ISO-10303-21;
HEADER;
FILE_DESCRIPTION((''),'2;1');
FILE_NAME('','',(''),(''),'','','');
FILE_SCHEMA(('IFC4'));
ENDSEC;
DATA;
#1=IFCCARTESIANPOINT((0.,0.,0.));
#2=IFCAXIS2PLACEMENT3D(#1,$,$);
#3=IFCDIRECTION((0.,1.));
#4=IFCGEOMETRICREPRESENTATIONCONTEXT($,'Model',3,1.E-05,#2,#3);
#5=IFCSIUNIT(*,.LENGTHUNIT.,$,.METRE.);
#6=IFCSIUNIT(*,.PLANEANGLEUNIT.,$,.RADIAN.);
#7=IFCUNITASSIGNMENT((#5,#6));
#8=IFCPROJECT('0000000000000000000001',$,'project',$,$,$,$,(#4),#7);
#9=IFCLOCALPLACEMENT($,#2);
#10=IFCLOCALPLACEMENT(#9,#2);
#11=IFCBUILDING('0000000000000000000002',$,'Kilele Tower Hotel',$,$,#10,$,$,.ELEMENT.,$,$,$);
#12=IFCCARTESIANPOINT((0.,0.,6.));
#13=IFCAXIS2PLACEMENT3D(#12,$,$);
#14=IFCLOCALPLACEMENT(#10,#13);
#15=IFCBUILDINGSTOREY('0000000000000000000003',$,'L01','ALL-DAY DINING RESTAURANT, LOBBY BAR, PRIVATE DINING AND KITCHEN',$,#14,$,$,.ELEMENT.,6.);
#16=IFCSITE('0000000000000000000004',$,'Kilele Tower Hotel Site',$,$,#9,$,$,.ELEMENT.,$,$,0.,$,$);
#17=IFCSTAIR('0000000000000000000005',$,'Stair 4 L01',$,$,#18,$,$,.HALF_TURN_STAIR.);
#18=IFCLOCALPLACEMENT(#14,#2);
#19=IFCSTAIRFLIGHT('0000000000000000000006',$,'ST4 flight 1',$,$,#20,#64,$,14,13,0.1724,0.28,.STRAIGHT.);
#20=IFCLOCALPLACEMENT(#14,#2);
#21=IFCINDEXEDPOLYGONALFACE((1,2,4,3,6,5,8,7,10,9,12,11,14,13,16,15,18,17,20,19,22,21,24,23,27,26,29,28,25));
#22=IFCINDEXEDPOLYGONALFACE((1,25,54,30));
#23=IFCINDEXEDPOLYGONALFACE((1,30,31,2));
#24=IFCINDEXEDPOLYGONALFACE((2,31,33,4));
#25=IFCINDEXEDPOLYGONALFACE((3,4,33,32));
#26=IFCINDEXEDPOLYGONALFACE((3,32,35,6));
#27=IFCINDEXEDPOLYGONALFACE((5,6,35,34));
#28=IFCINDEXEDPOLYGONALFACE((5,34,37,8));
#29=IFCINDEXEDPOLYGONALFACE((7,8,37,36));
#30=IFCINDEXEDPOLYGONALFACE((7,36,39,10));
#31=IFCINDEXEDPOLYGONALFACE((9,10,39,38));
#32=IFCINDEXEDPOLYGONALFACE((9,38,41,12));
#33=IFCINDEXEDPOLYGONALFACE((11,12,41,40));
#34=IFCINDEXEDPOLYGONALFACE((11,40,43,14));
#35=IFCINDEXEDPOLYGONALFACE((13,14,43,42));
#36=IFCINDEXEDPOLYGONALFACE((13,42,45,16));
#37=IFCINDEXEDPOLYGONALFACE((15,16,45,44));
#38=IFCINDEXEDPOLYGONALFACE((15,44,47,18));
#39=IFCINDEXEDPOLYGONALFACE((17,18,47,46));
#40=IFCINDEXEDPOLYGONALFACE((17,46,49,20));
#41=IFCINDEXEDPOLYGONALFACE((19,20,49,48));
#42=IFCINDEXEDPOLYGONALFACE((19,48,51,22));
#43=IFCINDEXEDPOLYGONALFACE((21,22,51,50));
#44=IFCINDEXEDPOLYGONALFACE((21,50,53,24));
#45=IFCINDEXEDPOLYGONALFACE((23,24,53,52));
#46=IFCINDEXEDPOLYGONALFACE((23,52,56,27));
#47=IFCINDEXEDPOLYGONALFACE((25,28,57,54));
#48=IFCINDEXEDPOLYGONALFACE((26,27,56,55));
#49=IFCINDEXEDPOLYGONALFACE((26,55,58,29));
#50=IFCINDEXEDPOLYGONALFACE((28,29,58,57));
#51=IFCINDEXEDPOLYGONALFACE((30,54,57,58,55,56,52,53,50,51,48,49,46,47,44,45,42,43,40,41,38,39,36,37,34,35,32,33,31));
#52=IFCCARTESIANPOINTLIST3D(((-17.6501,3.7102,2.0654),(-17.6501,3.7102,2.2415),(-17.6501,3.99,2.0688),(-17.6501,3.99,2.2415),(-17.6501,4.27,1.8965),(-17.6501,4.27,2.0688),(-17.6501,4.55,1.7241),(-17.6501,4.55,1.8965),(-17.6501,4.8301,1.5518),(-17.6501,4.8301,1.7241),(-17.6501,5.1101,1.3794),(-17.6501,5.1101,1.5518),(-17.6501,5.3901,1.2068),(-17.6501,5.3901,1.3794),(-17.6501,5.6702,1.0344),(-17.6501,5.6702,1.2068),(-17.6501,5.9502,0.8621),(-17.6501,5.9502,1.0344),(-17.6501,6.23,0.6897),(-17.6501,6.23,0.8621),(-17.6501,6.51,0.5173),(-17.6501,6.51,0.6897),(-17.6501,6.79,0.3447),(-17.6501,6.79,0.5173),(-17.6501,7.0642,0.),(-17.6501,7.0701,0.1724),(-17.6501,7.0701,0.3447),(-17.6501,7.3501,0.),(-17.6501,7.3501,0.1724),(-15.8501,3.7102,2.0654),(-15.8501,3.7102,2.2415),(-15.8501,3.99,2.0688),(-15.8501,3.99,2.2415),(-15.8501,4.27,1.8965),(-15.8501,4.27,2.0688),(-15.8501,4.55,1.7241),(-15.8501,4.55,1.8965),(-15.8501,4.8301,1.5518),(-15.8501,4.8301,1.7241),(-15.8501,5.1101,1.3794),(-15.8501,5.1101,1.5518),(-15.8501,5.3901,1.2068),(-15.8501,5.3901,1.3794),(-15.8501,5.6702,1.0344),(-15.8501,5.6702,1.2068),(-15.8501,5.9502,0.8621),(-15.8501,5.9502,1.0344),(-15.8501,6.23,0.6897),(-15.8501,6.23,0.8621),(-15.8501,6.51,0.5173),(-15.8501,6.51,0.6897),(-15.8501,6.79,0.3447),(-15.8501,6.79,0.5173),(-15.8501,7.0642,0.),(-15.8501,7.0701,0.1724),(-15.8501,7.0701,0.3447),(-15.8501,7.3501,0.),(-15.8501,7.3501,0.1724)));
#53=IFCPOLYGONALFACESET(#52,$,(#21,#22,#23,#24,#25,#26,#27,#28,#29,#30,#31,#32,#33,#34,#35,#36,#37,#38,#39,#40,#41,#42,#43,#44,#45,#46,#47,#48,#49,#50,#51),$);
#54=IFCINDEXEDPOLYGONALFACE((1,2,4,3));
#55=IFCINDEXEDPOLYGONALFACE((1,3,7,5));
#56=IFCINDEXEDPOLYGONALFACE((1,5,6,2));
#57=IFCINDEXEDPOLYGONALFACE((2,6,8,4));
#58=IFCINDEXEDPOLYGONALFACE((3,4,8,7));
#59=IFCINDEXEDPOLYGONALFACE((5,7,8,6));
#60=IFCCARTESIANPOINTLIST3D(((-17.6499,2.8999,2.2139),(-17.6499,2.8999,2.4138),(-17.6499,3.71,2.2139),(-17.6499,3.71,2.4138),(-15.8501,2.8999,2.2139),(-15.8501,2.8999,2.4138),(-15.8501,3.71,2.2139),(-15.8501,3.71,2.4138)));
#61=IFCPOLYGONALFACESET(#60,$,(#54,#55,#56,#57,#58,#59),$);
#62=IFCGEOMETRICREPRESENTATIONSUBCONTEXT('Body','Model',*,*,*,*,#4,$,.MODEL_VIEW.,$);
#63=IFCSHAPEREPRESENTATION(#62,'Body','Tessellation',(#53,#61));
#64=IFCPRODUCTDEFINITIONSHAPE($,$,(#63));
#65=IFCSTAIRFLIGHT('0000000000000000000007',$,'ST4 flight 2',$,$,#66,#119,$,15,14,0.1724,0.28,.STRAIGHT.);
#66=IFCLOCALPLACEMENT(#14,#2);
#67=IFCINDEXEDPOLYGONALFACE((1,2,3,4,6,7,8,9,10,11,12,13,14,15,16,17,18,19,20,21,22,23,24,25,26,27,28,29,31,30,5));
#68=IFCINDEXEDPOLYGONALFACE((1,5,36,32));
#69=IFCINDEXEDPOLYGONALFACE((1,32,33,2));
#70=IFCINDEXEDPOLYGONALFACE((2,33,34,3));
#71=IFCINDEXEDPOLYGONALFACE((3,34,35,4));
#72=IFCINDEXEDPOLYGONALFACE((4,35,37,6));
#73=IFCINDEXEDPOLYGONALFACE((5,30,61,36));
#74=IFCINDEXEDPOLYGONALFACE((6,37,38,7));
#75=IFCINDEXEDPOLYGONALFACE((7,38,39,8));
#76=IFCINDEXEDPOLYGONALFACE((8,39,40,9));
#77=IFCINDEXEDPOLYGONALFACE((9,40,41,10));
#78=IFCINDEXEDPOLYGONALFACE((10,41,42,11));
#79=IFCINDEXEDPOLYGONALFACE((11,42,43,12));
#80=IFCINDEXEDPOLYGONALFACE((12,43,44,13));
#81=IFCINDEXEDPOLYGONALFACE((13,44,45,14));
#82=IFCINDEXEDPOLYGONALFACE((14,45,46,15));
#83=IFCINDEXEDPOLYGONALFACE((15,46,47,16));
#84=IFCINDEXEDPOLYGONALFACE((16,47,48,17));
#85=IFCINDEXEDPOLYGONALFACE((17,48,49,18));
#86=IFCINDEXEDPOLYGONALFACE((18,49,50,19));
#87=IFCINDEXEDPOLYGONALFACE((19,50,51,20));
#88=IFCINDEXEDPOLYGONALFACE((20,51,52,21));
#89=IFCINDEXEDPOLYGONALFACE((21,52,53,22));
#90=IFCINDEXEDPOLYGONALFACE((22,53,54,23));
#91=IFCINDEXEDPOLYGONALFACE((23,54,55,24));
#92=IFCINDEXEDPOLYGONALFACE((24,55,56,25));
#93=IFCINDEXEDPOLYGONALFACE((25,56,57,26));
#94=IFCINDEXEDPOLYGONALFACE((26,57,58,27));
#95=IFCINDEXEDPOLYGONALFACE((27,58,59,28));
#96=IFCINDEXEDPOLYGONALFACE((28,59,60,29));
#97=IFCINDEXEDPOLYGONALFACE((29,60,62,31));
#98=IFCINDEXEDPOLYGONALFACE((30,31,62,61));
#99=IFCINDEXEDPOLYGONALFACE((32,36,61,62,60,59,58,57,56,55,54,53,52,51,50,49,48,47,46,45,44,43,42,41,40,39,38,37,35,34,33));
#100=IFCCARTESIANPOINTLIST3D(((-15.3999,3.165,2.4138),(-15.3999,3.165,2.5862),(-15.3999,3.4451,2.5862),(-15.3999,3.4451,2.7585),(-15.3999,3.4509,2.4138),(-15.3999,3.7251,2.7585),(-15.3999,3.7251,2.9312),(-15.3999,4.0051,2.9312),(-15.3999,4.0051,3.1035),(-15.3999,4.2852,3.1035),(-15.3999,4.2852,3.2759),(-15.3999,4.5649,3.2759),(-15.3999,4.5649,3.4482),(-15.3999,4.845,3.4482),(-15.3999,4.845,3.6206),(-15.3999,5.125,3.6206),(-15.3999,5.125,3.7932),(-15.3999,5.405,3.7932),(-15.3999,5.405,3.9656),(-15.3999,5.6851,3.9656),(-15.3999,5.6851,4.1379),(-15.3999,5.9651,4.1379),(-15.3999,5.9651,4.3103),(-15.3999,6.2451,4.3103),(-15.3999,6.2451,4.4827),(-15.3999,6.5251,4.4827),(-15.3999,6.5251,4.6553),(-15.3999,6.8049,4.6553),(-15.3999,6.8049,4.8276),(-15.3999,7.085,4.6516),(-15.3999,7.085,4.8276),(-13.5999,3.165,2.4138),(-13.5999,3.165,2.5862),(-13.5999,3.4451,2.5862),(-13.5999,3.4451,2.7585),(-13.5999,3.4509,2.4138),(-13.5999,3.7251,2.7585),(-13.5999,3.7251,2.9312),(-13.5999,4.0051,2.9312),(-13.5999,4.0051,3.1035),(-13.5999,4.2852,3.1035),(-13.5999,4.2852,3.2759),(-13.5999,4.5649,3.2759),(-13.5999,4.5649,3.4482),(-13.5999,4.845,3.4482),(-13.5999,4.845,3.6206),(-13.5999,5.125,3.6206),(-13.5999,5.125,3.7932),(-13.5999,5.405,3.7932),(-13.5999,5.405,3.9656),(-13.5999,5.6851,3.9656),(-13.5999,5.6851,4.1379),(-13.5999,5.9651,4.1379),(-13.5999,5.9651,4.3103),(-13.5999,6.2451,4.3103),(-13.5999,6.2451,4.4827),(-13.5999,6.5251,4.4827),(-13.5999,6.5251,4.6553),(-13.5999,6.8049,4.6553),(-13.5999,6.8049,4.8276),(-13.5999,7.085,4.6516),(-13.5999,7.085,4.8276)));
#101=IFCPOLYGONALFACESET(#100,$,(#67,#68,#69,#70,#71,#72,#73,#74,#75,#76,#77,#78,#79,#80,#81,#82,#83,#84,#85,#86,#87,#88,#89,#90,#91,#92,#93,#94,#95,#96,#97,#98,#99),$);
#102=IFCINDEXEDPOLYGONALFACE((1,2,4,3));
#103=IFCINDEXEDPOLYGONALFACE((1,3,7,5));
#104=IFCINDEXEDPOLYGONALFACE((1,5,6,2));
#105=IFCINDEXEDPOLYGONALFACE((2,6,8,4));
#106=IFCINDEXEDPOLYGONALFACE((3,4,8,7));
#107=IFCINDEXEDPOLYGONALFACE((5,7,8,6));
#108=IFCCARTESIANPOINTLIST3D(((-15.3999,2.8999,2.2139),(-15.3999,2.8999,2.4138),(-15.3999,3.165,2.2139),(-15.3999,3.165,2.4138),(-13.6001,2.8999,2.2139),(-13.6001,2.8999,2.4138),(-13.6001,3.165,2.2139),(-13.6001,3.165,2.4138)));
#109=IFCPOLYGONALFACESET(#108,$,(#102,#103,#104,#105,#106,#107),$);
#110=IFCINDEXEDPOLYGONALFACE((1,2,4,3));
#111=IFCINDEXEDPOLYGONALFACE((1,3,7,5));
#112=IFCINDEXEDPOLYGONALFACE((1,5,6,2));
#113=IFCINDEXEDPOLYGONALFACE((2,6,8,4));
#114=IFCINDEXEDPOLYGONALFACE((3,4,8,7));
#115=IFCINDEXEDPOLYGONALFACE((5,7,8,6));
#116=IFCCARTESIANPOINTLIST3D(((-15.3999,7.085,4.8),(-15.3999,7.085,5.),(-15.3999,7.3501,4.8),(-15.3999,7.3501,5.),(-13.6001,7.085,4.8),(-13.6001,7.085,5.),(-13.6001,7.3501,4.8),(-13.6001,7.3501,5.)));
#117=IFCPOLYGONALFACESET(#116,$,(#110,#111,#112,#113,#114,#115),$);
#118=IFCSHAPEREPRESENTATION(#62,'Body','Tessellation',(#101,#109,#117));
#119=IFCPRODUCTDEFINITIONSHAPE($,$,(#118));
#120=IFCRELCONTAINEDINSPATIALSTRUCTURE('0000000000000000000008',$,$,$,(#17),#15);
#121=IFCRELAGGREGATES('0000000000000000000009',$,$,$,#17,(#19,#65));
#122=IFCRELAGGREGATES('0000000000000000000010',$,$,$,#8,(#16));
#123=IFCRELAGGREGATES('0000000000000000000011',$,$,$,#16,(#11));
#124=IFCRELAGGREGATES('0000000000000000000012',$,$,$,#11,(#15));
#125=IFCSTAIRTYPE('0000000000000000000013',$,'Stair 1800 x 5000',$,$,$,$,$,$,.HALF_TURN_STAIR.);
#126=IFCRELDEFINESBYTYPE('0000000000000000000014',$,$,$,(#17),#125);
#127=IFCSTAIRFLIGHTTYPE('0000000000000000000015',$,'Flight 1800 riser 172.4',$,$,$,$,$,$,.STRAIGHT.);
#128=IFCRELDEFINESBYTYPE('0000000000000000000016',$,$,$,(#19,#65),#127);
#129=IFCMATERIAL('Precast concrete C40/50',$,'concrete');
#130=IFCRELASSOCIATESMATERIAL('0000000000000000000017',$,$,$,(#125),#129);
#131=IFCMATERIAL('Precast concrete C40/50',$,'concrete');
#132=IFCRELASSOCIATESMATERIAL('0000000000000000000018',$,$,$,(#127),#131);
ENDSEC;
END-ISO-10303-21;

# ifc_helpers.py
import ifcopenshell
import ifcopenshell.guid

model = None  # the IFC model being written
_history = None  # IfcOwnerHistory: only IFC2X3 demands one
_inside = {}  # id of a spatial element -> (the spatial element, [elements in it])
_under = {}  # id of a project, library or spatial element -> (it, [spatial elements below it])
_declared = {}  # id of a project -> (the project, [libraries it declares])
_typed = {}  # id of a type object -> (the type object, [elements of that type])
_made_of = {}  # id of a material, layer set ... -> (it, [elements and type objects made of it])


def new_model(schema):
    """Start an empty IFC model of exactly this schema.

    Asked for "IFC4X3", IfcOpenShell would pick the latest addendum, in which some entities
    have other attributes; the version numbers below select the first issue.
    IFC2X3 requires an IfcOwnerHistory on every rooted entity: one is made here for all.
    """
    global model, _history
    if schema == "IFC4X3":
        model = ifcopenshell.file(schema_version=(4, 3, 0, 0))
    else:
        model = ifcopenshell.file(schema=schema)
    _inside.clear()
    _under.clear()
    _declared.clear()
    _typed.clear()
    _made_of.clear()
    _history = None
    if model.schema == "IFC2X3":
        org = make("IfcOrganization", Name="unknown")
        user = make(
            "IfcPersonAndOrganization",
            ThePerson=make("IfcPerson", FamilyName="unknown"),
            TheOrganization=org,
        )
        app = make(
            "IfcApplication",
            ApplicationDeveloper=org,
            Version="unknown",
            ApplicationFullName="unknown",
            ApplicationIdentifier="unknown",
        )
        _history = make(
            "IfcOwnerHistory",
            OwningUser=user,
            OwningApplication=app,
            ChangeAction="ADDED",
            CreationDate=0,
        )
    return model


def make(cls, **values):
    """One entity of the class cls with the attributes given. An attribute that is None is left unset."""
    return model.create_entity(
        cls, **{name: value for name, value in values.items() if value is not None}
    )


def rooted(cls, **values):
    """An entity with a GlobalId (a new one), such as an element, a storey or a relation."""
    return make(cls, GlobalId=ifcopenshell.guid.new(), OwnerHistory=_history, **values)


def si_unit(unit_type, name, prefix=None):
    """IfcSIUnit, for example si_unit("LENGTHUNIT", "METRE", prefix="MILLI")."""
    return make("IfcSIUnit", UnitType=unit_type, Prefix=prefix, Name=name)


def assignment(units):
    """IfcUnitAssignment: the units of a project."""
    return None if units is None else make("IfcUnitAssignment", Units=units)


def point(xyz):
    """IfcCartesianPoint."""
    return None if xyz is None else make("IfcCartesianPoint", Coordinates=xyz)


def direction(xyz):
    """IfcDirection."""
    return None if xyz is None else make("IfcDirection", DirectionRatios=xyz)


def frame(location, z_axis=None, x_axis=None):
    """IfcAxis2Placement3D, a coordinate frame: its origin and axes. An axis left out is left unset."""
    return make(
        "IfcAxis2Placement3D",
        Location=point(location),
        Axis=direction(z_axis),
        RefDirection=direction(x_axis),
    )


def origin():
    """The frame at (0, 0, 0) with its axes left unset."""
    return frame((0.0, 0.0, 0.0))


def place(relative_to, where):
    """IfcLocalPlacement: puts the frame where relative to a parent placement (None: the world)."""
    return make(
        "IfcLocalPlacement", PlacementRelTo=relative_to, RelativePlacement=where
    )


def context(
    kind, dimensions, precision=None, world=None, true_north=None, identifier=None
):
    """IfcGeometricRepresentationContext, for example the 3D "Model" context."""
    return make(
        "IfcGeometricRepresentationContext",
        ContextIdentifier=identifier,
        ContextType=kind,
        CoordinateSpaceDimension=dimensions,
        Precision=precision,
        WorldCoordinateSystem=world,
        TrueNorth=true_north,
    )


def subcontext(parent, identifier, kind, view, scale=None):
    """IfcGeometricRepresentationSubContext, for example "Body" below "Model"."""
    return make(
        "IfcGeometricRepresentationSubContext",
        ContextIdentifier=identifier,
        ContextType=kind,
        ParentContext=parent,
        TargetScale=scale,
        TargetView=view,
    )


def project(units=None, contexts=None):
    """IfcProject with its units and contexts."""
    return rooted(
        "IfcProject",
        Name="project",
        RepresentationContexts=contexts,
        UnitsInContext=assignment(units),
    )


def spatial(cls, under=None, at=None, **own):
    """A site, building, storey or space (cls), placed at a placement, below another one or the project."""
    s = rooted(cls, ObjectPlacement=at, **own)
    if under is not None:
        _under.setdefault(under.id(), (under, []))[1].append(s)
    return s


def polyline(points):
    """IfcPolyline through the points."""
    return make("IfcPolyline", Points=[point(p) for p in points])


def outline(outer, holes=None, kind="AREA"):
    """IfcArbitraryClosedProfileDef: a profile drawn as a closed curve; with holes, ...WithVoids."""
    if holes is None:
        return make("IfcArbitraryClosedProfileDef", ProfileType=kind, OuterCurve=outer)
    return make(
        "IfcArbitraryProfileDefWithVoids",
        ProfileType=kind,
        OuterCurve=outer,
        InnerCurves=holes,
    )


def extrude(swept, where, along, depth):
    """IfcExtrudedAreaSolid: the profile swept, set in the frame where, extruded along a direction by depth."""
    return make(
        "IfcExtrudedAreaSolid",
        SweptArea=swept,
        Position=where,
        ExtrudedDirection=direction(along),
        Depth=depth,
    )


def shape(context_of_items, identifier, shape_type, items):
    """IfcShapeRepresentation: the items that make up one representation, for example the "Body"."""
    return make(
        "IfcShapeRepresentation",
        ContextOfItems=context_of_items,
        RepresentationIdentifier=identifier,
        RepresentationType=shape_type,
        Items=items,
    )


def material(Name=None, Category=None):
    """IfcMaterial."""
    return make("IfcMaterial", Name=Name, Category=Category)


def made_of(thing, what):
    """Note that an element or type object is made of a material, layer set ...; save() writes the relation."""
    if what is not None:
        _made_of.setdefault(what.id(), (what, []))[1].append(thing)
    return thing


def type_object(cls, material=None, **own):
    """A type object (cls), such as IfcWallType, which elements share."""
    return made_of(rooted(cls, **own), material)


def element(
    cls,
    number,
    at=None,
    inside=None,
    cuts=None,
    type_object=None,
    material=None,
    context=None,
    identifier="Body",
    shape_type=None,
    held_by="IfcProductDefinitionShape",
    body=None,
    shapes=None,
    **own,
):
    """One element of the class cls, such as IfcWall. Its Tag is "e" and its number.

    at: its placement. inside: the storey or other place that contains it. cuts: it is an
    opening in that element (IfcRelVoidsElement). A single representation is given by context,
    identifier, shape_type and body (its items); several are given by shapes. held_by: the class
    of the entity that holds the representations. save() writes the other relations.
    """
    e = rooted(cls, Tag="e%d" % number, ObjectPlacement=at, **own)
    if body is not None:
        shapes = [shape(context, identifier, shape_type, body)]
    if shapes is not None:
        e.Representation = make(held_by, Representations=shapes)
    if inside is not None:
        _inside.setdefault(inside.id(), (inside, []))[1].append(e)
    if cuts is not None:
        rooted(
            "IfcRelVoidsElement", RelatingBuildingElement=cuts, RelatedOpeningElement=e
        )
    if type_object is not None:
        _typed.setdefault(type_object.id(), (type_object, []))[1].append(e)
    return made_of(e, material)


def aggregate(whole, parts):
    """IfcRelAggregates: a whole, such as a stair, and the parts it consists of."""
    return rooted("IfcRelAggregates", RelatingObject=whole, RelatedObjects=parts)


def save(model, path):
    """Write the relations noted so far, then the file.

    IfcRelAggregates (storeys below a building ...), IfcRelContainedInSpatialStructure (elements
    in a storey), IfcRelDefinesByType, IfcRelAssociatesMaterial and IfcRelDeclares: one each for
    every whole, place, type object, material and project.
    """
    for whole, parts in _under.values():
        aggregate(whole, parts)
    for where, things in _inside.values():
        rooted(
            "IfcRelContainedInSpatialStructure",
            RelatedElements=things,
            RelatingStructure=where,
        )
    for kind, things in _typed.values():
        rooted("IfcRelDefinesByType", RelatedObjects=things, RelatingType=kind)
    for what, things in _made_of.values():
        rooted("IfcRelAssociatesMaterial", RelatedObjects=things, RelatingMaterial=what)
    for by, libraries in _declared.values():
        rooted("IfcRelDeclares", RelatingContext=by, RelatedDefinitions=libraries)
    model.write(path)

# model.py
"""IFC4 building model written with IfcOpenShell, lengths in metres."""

from ifc_helpers import new_model, si_unit, direction, frame, origin, place, context, subcontext, project, spatial, polyline, outline, extrude, material, type_object, element, aggregate, save


model = new_model("IFC4")

# Units and contexts
model_context = context("Model", 3, precision=1e-05, world=origin(), true_north=direction((0.0, 1.0)))
body_context = subcontext(model_context, "Body", "Model", "MODEL_VIEW")
ifc_project = project(units=[si_unit("LENGTHUNIT", "METRE"), si_unit("PLANEANGLEUNIT", "RADIAN")], contexts=[model_context])

# Site, building, storey
site_placement = place(None, origin())
site = spatial("IfcSite", under=ifc_project, at=site_placement, Name="Kilele Tower Hotel Site", CompositionType="ELEMENT", RefElevation=0.0)
building_placement = place(site_placement, origin())
building = spatial("IfcBuilding", under=site, at=building_placement, Name="Kilele Tower Hotel", CompositionType="ELEMENT")
storey_placement = place(building_placement, frame((0.0, 0.0, 6.0)))
storey = spatial("IfcBuildingStorey", under=building, at=storey_placement, Name="L01", Description="ALL-DAY DINING RESTAURANT, LOBBY BAR, PRIVATE DINING AND KITCHEN", CompositionType="ELEMENT", Elevation=6.0)

# Stair, stair flights
ifc_material_1 = material(Name="Precast concrete C40/50", Category="concrete")
stair_type = type_object("IfcStairType", Name="Stair 1800 x 5000", PredefinedType="HALF_TURN_STAIR", material=ifc_material_1)
stair_placement = place(storey_placement, origin())
stair = element("IfcStair", 1, at=stair_placement, inside=storey, type_object=stair_type, Name="Stair 4 L01", PredefinedType="HALF_TURN_STAIR")
ifc_material_2 = material(Name="Precast concrete C40/50", Category="concrete")
stair_flight_type = type_object("IfcStairFlightType", Name="Flight 1800 riser 172.4", PredefinedType="STRAIGHT", material=ifc_material_2)
stair_flight_1_placement = place(storey_placement, frame((-16.75, 7.3501, 0.0), z_axis=(0.0, 0.0, 1.0), x_axis=(0.0, -1.0, 0.0)))
stair_flight_1 = element("IfcStairFlight", 2, at=stair_flight_1_placement, type_object=stair_flight_type, Name="ST4 flight 1", NumberOfRisers=14, NumberOfTreads=13, PredefinedType="STRAIGHT", RiserHeight=0.1724, TreadLength=0.28, context=body_context, shape_type="SweptSolid", body=[
    extrude(outline(polyline([(0.0, 0.0), (0.0, 0.1724), (0.28, 0.1724), (0.28, 0.3447), (0.5601, 0.3447), (0.5601, 0.5173), (0.8401, 0.5173), (0.8401, 0.6897), (1.1201, 0.6897), (1.1201, 0.8621), (1.3999, 0.8621), (1.3999, 1.0344), (1.6799, 1.0344), (1.6799, 1.2068), (1.96, 1.2068), (1.96, 1.3794), (2.24, 1.3794), (2.24, 1.5518), (2.52, 1.5518), (2.52, 1.7241), (2.8, 1.7241), (2.8, 1.8965), (3.0801, 1.8965), (3.0801, 2.0688), (3.3601, 2.0688), (3.3601, 2.2415), (3.6399, 2.2415), (3.6399, 2.4138), (3.6399, 2.0654), (0.2859, 0.0), (0.0, 0.0)])), frame((0.0, 0.8999, 0.0), z_axis=(0.0, -1.0, 0.0), x_axis=(1.0, 0.0, 0.0)), (0.0, 0.0, 1.0), 1.8),
    extrude(outline(polyline([(4.4502, -0.8999), (4.4502, 0.8999), (3.6401, 0.8999), (3.6401, -0.8999), (4.4502, -0.8999)])), frame((0.0, 0.0, 2.2139)), (0.0, 0.0, 1.0), 0.2),
])
stair_flight_2_placement = place(storey_placement, frame((-14.5, 3.165, 2.4138), z_axis=(0.0, 0.0, 1.0), x_axis=(0.0, 1.0, 0.0)))
stair_flight_2 = element("IfcStairFlight", 3, at=stair_flight_2_placement, type_object=stair_flight_type, Name="ST4 flight 2", NumberOfRisers=15, NumberOfTreads=14, PredefinedType="STRAIGHT", RiserHeight=0.1724, TreadLength=0.28, context=body_context, shape_type="SweptSolid", body=[
    extrude(outline(polyline([(0.0, 0.0), (0.0, 0.1724), (0.28, 0.1724), (0.28, 0.3447), (0.5601, 0.3447), (0.5601, 0.5173), (0.8401, 0.5173), (0.8401, 0.6897), (1.1201, 0.6897), (1.1201, 0.8621), (1.3999, 0.8621), (1.3999, 1.0344), (1.6799, 1.0344), (1.6799, 1.2068), (1.96, 1.2068), (1.96, 1.3794), (2.24, 1.3794), (2.24, 1.5518), (2.52, 1.5518), (2.52, 1.7241), (2.8, 1.7241), (2.8, 1.8965), (3.0801, 1.8965), (3.0801, 2.0688), (3.3601, 2.0688), (3.3601, 2.2415), (3.6399, 2.2415), (3.6399, 2.4138), (3.9199, 2.4138), (3.9199, 2.5862), (3.9199, 2.2378), (0.2859, 0.0), (0.0, 0.0)])), frame((0.0, 0.8999, 0.0), z_axis=(0.0, -1.0, 0.0), x_axis=(1.0, 0.0, 0.0)), (0.0, 0.0, 1.0), 1.8),
    extrude(outline(polyline([(-0.2651, 0.8999), (-0.2651, -0.8999), (0.0, -0.8999), (0.0, 0.8999), (-0.2651, 0.8999)])), frame((0.0, 0.0, -0.2)), (0.0, 0.0, 1.0), 0.2),
    extrude(outline(polyline([(3.9199, 0.8999), (3.9199, -0.8999), (4.1851, -0.8999), (4.1851, 0.8999), (3.9199, 0.8999)])), frame((0.0, 0.0, 2.3862)), (0.0, 0.0, 1.0), 0.2),
])
aggregate(stair, [stair_flight_1, stair_flight_2])

save(model, "model.ifc")
